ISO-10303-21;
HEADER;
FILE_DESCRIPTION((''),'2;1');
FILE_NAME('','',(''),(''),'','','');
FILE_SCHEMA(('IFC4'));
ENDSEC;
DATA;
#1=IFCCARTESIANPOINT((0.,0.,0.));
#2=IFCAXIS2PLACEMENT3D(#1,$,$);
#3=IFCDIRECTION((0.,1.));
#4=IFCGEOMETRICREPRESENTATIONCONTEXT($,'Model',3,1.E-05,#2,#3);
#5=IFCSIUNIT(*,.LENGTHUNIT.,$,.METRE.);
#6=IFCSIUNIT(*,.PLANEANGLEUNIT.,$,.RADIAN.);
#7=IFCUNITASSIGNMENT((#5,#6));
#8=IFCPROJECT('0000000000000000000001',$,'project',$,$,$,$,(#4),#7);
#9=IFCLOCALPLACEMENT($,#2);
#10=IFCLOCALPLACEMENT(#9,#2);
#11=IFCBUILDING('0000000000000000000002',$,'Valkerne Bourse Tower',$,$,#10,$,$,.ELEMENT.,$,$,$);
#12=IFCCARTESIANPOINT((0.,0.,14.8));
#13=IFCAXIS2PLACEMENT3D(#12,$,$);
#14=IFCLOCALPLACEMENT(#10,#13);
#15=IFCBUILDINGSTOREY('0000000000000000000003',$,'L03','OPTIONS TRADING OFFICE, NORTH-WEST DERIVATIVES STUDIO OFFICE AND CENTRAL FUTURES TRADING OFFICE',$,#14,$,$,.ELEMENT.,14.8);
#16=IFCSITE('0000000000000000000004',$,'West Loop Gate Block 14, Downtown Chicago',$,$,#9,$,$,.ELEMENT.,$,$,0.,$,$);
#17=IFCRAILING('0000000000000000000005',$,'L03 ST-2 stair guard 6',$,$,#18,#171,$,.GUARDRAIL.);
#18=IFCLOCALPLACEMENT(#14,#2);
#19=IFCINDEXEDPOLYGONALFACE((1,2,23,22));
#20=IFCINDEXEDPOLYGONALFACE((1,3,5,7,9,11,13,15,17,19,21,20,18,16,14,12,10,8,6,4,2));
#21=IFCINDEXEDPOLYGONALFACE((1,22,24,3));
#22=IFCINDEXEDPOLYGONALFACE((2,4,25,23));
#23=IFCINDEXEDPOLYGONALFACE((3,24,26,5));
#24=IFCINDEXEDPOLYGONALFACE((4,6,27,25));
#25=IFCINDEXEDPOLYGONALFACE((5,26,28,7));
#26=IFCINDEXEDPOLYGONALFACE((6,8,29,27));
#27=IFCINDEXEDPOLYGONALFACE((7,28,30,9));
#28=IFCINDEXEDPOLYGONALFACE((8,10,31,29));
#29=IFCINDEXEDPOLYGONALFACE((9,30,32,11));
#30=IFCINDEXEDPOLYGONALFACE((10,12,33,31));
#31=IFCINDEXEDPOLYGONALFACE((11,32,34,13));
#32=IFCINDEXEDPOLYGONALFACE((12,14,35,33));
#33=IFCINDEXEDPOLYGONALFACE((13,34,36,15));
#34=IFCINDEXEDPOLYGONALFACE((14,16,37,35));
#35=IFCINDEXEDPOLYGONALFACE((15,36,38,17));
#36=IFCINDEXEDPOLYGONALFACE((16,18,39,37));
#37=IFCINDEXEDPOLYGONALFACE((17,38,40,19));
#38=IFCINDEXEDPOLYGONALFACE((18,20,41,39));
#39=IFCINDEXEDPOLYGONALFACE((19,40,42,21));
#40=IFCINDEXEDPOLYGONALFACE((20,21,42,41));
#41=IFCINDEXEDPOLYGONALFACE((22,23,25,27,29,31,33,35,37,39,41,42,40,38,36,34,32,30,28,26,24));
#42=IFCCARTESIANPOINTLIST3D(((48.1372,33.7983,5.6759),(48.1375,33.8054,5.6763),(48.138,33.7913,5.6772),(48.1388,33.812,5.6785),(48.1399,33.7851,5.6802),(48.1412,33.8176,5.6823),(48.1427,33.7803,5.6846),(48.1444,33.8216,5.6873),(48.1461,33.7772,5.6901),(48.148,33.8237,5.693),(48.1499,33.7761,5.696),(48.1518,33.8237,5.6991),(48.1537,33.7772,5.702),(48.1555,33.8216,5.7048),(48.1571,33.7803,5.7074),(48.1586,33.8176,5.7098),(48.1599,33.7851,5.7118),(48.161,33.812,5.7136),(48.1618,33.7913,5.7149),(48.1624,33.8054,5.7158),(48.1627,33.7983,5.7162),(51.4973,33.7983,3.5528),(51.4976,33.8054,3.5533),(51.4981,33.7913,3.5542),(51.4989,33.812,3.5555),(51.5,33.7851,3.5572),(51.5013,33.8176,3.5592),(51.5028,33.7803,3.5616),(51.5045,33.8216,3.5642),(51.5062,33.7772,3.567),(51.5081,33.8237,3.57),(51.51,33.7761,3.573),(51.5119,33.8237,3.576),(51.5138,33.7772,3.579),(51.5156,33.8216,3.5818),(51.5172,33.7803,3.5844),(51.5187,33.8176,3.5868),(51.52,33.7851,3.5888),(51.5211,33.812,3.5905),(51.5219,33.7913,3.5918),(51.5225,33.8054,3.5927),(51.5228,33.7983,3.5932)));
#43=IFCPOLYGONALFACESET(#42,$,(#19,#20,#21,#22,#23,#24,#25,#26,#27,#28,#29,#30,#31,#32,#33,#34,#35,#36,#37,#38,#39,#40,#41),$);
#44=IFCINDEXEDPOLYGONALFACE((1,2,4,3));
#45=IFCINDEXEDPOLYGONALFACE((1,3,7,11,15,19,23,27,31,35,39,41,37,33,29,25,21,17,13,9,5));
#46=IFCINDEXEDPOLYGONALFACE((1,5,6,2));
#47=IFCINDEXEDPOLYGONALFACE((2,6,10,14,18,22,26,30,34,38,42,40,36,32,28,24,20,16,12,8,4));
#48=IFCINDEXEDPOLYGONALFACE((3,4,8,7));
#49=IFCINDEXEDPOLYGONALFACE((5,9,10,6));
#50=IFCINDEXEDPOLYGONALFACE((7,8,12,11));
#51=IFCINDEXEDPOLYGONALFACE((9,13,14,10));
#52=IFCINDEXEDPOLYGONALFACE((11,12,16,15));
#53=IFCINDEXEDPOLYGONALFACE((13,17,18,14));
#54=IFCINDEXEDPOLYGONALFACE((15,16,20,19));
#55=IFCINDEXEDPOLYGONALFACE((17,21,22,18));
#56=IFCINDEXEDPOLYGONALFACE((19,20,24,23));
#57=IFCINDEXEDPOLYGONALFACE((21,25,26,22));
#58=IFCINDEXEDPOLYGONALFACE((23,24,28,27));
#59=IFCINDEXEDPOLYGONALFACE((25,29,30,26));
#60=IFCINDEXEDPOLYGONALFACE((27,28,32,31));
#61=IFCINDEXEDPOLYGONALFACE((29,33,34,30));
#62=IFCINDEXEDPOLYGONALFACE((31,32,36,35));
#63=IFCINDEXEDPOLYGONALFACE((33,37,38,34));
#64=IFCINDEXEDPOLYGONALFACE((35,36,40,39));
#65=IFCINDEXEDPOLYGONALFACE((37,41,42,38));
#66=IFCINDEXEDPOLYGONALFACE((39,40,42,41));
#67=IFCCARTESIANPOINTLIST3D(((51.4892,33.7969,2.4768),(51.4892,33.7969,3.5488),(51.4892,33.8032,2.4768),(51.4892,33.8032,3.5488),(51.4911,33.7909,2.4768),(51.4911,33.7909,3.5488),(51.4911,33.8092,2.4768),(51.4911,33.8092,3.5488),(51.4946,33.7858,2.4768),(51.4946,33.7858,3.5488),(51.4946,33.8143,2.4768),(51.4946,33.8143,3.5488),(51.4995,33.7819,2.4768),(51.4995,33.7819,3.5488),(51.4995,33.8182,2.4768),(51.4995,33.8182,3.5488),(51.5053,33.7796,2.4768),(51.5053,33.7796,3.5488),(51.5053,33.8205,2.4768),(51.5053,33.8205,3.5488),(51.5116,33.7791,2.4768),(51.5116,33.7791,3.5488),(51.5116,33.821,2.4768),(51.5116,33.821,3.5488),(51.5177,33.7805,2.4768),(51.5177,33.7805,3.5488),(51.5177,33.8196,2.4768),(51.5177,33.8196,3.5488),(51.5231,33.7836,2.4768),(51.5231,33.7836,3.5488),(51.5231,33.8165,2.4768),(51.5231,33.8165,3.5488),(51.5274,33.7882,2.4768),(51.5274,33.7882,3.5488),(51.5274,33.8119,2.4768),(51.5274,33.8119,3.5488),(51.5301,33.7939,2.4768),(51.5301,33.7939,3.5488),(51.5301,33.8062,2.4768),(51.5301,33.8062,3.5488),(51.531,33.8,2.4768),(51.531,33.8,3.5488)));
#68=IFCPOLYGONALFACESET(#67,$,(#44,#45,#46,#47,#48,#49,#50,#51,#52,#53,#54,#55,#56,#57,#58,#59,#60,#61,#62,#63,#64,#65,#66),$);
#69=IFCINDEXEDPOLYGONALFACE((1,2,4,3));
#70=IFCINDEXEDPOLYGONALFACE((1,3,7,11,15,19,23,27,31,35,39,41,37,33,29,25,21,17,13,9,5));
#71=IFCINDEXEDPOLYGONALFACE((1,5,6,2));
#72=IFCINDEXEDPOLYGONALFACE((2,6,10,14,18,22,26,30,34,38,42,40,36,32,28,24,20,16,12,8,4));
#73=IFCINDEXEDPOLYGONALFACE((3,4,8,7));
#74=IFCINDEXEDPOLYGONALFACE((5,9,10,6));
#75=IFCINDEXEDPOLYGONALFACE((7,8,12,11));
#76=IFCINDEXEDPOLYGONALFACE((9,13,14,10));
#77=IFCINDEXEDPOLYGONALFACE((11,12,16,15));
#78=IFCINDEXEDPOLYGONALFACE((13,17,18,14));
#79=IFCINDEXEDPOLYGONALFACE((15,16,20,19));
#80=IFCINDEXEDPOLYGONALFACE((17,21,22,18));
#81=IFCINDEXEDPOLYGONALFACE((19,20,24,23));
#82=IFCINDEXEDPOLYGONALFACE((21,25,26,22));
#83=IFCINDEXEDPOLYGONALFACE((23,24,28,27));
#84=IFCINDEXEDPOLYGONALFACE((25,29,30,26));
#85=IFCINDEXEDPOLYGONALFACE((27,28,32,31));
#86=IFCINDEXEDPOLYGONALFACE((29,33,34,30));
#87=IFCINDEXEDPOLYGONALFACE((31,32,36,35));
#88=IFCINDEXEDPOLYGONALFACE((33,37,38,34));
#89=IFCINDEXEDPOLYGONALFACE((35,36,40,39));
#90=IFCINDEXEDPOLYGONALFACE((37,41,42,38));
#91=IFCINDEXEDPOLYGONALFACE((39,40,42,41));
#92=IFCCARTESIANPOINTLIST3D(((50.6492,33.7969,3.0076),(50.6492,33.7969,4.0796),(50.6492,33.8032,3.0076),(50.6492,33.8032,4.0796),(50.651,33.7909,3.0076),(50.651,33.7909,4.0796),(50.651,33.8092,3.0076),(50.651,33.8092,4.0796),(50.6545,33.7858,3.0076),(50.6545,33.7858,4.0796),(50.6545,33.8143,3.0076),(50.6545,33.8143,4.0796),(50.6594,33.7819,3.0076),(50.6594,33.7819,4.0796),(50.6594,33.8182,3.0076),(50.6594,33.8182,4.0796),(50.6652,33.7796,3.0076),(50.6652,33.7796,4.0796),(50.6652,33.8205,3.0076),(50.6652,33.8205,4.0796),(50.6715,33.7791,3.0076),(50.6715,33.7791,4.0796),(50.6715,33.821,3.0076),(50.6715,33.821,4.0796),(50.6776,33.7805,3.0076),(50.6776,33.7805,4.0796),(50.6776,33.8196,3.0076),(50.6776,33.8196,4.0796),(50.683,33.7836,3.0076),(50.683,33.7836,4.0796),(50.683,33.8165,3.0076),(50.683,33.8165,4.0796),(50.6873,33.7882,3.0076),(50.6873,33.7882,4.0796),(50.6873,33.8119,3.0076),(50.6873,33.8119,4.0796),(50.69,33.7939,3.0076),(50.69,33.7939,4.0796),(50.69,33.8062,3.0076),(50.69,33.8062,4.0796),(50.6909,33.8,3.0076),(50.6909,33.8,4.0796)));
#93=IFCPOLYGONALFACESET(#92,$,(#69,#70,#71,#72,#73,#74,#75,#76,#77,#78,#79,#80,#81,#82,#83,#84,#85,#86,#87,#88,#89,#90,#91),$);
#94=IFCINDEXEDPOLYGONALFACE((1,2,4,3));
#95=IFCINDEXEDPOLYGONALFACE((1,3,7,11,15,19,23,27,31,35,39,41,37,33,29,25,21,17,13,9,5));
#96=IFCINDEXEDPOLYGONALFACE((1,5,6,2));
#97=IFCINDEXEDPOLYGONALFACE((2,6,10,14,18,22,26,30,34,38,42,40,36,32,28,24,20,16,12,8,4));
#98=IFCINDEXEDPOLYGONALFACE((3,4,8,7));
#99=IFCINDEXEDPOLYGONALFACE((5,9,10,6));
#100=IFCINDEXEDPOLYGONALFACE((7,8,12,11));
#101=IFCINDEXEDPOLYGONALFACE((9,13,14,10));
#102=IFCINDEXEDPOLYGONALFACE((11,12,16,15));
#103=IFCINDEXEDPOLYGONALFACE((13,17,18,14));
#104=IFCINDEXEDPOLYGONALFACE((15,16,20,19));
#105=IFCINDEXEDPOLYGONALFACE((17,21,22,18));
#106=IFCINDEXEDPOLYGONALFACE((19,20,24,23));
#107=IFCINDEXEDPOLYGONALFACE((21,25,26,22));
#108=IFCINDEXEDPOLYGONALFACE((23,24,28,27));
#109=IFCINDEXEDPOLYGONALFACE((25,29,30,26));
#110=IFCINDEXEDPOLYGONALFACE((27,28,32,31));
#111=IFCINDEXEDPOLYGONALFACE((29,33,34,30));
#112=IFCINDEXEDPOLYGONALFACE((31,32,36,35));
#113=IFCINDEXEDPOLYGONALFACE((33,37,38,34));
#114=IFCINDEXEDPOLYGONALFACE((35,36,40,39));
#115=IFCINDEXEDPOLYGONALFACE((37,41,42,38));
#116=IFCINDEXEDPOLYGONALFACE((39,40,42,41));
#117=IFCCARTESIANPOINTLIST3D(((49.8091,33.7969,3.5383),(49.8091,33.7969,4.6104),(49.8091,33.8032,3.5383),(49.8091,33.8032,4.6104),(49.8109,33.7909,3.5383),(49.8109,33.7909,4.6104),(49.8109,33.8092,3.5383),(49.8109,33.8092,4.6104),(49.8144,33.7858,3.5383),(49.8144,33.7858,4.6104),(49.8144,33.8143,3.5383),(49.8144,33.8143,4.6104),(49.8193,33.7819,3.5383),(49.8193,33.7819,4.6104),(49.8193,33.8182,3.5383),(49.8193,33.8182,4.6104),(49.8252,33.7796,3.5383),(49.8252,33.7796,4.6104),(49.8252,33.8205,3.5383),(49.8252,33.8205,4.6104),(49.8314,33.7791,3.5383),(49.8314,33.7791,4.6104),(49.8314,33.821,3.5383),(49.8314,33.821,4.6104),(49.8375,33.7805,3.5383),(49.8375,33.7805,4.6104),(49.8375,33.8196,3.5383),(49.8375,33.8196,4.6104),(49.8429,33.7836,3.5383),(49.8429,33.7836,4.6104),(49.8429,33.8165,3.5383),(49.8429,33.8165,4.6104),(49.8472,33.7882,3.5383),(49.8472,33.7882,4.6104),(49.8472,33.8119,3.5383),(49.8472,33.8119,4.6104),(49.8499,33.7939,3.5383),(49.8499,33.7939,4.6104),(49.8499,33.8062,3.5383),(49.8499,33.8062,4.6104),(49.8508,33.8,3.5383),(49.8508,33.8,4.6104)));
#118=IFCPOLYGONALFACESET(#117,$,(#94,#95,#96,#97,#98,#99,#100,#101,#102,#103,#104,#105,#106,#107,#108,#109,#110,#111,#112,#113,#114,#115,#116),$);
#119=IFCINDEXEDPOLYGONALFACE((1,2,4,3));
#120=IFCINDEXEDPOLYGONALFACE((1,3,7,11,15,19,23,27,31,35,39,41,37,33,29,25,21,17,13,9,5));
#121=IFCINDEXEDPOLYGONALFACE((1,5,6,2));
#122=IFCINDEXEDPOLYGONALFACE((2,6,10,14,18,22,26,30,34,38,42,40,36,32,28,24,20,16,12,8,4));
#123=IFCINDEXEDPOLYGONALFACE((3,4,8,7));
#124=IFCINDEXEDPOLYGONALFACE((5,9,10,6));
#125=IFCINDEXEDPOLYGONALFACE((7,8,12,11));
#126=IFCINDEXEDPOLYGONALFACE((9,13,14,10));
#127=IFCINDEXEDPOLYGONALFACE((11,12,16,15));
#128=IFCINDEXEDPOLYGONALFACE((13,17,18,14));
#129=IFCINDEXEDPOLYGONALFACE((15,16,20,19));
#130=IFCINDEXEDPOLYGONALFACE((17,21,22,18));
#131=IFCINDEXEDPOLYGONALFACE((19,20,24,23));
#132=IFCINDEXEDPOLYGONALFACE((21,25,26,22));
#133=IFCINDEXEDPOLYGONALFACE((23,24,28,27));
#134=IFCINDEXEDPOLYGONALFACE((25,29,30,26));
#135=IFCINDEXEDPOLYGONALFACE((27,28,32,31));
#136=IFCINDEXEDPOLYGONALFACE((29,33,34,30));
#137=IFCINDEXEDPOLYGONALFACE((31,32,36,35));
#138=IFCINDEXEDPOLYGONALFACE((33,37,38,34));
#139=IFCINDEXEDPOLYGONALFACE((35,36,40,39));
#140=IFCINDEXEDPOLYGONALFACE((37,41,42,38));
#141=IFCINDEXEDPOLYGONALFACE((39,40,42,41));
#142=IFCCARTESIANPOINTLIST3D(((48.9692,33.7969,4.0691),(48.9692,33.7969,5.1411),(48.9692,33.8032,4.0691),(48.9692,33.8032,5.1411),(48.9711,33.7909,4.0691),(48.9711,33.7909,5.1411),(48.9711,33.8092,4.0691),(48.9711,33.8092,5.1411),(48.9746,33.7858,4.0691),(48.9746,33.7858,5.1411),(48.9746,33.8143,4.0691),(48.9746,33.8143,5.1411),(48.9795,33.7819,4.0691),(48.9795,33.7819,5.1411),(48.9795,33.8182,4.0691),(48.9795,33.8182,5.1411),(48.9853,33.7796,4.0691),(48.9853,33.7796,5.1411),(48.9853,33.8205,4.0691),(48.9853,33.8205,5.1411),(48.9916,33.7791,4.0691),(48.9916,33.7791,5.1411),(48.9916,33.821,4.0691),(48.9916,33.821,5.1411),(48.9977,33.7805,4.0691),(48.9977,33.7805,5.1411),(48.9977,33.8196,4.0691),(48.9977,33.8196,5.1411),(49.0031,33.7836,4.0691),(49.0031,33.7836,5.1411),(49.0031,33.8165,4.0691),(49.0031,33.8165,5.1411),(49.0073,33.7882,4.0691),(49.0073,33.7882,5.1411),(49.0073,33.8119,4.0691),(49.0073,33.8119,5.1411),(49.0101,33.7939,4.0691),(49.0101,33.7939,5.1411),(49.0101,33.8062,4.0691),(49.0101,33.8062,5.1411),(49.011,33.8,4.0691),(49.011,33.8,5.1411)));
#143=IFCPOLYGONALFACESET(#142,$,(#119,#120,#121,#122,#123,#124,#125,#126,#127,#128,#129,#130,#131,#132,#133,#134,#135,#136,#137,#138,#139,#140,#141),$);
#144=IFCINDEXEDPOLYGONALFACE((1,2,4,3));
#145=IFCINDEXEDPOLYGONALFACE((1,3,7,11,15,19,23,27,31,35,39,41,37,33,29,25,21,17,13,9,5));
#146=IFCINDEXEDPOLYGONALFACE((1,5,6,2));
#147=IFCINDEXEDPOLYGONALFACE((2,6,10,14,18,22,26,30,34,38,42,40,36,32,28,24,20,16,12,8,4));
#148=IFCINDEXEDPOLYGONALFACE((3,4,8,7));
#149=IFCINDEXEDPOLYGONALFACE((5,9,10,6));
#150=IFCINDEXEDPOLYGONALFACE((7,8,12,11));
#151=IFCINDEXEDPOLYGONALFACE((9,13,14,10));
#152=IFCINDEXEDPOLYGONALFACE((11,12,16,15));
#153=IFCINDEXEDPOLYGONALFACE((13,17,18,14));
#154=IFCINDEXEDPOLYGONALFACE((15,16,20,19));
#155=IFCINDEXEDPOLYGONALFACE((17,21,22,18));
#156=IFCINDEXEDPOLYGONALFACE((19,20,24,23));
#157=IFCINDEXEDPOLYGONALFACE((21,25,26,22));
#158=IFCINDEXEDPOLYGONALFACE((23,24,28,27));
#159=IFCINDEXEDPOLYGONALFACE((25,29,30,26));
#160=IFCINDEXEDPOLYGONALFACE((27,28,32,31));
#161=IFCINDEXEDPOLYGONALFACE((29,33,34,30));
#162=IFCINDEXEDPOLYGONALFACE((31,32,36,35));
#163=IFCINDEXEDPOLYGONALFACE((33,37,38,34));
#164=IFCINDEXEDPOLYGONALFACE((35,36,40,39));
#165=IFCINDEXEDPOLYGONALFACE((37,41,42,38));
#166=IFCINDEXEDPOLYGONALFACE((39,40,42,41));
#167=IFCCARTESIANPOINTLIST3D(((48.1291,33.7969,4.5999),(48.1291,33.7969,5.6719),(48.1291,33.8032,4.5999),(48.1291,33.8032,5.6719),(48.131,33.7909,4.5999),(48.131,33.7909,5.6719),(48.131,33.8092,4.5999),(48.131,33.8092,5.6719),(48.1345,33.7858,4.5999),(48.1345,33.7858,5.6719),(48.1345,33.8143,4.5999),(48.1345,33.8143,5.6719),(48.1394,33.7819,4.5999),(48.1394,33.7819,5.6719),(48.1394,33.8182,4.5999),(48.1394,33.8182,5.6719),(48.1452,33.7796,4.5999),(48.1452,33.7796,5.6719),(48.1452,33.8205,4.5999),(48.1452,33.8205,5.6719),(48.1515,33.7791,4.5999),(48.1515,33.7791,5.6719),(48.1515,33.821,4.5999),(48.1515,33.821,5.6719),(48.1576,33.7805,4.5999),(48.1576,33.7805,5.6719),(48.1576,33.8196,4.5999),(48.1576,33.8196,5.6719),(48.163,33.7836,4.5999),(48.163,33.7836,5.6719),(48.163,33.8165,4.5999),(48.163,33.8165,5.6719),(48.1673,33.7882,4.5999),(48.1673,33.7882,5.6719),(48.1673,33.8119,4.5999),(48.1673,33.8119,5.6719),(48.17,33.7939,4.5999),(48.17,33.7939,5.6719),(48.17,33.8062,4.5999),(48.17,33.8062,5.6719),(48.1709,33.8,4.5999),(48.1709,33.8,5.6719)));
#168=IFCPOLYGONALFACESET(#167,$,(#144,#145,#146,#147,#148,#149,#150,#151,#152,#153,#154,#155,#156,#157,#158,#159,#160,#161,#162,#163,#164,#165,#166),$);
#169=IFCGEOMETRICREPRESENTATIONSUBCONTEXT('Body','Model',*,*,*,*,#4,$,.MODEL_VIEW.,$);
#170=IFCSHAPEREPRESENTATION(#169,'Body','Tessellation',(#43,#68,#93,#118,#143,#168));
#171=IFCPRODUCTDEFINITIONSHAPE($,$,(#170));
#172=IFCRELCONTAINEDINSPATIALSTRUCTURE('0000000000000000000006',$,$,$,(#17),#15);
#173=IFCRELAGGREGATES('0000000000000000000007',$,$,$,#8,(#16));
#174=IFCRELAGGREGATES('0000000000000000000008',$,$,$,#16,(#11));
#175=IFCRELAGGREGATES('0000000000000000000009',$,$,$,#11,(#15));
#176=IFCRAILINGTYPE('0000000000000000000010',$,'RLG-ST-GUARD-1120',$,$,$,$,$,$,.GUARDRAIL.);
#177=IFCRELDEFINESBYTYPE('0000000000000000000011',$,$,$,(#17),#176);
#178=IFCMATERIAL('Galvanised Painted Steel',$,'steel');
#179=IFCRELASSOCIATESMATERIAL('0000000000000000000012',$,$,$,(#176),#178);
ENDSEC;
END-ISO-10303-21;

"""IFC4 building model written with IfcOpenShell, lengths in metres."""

from ifc_helpers import new_model, si_unit, direction, frame, origin, origin_2d, place, context, subcontext, project, spatial, circle, extrude, material, type_object, element, save


model = new_model("IFC4")

# Units and contexts
model_context = context("Model", 3, precision=1e-05, world=origin(), true_north=direction((0.0, 1.0)))
body_context = subcontext(model_context, "Body", "Model", "MODEL_VIEW")
ifc_project = project(units=[si_unit("LENGTHUNIT", "METRE"), si_unit("PLANEANGLEUNIT", "RADIAN")], contexts=[model_context])

# Site, building, storey
site_placement = place(None, origin())
site = spatial("IfcSite", under=ifc_project, at=site_placement, Name="West Loop Gate Block 14, Downtown Chicago", CompositionType="ELEMENT", RefElevation=0.0)
building_placement = place(site_placement, origin())
building = spatial("IfcBuilding", under=site, at=building_placement, Name="Valkerne Bourse Tower", CompositionType="ELEMENT")
storey_placement = place(building_placement, frame((0.0, 0.0, 14.8)))
storey = spatial("IfcBuildingStorey", under=building, at=storey_placement, Name="L03", Description="OPTIONS TRADING OFFICE, NORTH-WEST DERIVATIVES STUDIO OFFICE AND CENTRAL FUTURES TRADING OFFICE", CompositionType="ELEMENT", Elevation=14.8)

# Railing
ifc_material_1 = material(Name="Galvanised Painted Steel", Category="steel")
railing_type_1 = type_object("IfcRailingType", Name="RLG-ST-GUARD-1120", PredefinedType="GUARDRAIL", material=ifc_material_1)
railing_1_placement = place(storey_placement, frame((51.51, 33.8, 2.4768)))
element("IfcRailing", 1, at=railing_1_placement, inside=storey, type_object=railing_type_1, Name="L03 ST-2 stair guard 6", PredefinedType="GUARDRAIL", context=body_context, shape_type="SweptSolid", body=[
    extrude(circle(Radius=0.0239, at=origin_2d()), frame((0.0, 0.0, 1.0962), z_axis=(-0.84539, 0.0, 0.53415), x_axis=(0.0, -1.0, 0.0)), (0.0, 0.0, 1.0), 3.9746),
    extrude(circle(Radius=0.021, at=origin_2d()), origin(), (0.0, 0.0, 1.0), 1.072),
    extrude(circle(Radius=0.021, at=origin_2d()), frame((-0.8401, 0.0, 0.5308)), (0.0, 0.0, 1.0), 1.072),
    extrude(circle(Radius=0.021, at=origin_2d()), frame((-1.6802, 0.0, 1.0615)), (0.0, 0.0, 1.0), 1.072),
    extrude(circle(Radius=0.021, at=origin_2d()), frame((-2.52, 0.0, 1.5923)), (0.0, 0.0, 1.0), 1.072),
    extrude(circle(Radius=0.021, at=origin_2d()), frame((-3.3601, 0.0, 2.123)), (0.0, 0.0, 1.0), 1.072),
])

save(model, "model.ifc")
